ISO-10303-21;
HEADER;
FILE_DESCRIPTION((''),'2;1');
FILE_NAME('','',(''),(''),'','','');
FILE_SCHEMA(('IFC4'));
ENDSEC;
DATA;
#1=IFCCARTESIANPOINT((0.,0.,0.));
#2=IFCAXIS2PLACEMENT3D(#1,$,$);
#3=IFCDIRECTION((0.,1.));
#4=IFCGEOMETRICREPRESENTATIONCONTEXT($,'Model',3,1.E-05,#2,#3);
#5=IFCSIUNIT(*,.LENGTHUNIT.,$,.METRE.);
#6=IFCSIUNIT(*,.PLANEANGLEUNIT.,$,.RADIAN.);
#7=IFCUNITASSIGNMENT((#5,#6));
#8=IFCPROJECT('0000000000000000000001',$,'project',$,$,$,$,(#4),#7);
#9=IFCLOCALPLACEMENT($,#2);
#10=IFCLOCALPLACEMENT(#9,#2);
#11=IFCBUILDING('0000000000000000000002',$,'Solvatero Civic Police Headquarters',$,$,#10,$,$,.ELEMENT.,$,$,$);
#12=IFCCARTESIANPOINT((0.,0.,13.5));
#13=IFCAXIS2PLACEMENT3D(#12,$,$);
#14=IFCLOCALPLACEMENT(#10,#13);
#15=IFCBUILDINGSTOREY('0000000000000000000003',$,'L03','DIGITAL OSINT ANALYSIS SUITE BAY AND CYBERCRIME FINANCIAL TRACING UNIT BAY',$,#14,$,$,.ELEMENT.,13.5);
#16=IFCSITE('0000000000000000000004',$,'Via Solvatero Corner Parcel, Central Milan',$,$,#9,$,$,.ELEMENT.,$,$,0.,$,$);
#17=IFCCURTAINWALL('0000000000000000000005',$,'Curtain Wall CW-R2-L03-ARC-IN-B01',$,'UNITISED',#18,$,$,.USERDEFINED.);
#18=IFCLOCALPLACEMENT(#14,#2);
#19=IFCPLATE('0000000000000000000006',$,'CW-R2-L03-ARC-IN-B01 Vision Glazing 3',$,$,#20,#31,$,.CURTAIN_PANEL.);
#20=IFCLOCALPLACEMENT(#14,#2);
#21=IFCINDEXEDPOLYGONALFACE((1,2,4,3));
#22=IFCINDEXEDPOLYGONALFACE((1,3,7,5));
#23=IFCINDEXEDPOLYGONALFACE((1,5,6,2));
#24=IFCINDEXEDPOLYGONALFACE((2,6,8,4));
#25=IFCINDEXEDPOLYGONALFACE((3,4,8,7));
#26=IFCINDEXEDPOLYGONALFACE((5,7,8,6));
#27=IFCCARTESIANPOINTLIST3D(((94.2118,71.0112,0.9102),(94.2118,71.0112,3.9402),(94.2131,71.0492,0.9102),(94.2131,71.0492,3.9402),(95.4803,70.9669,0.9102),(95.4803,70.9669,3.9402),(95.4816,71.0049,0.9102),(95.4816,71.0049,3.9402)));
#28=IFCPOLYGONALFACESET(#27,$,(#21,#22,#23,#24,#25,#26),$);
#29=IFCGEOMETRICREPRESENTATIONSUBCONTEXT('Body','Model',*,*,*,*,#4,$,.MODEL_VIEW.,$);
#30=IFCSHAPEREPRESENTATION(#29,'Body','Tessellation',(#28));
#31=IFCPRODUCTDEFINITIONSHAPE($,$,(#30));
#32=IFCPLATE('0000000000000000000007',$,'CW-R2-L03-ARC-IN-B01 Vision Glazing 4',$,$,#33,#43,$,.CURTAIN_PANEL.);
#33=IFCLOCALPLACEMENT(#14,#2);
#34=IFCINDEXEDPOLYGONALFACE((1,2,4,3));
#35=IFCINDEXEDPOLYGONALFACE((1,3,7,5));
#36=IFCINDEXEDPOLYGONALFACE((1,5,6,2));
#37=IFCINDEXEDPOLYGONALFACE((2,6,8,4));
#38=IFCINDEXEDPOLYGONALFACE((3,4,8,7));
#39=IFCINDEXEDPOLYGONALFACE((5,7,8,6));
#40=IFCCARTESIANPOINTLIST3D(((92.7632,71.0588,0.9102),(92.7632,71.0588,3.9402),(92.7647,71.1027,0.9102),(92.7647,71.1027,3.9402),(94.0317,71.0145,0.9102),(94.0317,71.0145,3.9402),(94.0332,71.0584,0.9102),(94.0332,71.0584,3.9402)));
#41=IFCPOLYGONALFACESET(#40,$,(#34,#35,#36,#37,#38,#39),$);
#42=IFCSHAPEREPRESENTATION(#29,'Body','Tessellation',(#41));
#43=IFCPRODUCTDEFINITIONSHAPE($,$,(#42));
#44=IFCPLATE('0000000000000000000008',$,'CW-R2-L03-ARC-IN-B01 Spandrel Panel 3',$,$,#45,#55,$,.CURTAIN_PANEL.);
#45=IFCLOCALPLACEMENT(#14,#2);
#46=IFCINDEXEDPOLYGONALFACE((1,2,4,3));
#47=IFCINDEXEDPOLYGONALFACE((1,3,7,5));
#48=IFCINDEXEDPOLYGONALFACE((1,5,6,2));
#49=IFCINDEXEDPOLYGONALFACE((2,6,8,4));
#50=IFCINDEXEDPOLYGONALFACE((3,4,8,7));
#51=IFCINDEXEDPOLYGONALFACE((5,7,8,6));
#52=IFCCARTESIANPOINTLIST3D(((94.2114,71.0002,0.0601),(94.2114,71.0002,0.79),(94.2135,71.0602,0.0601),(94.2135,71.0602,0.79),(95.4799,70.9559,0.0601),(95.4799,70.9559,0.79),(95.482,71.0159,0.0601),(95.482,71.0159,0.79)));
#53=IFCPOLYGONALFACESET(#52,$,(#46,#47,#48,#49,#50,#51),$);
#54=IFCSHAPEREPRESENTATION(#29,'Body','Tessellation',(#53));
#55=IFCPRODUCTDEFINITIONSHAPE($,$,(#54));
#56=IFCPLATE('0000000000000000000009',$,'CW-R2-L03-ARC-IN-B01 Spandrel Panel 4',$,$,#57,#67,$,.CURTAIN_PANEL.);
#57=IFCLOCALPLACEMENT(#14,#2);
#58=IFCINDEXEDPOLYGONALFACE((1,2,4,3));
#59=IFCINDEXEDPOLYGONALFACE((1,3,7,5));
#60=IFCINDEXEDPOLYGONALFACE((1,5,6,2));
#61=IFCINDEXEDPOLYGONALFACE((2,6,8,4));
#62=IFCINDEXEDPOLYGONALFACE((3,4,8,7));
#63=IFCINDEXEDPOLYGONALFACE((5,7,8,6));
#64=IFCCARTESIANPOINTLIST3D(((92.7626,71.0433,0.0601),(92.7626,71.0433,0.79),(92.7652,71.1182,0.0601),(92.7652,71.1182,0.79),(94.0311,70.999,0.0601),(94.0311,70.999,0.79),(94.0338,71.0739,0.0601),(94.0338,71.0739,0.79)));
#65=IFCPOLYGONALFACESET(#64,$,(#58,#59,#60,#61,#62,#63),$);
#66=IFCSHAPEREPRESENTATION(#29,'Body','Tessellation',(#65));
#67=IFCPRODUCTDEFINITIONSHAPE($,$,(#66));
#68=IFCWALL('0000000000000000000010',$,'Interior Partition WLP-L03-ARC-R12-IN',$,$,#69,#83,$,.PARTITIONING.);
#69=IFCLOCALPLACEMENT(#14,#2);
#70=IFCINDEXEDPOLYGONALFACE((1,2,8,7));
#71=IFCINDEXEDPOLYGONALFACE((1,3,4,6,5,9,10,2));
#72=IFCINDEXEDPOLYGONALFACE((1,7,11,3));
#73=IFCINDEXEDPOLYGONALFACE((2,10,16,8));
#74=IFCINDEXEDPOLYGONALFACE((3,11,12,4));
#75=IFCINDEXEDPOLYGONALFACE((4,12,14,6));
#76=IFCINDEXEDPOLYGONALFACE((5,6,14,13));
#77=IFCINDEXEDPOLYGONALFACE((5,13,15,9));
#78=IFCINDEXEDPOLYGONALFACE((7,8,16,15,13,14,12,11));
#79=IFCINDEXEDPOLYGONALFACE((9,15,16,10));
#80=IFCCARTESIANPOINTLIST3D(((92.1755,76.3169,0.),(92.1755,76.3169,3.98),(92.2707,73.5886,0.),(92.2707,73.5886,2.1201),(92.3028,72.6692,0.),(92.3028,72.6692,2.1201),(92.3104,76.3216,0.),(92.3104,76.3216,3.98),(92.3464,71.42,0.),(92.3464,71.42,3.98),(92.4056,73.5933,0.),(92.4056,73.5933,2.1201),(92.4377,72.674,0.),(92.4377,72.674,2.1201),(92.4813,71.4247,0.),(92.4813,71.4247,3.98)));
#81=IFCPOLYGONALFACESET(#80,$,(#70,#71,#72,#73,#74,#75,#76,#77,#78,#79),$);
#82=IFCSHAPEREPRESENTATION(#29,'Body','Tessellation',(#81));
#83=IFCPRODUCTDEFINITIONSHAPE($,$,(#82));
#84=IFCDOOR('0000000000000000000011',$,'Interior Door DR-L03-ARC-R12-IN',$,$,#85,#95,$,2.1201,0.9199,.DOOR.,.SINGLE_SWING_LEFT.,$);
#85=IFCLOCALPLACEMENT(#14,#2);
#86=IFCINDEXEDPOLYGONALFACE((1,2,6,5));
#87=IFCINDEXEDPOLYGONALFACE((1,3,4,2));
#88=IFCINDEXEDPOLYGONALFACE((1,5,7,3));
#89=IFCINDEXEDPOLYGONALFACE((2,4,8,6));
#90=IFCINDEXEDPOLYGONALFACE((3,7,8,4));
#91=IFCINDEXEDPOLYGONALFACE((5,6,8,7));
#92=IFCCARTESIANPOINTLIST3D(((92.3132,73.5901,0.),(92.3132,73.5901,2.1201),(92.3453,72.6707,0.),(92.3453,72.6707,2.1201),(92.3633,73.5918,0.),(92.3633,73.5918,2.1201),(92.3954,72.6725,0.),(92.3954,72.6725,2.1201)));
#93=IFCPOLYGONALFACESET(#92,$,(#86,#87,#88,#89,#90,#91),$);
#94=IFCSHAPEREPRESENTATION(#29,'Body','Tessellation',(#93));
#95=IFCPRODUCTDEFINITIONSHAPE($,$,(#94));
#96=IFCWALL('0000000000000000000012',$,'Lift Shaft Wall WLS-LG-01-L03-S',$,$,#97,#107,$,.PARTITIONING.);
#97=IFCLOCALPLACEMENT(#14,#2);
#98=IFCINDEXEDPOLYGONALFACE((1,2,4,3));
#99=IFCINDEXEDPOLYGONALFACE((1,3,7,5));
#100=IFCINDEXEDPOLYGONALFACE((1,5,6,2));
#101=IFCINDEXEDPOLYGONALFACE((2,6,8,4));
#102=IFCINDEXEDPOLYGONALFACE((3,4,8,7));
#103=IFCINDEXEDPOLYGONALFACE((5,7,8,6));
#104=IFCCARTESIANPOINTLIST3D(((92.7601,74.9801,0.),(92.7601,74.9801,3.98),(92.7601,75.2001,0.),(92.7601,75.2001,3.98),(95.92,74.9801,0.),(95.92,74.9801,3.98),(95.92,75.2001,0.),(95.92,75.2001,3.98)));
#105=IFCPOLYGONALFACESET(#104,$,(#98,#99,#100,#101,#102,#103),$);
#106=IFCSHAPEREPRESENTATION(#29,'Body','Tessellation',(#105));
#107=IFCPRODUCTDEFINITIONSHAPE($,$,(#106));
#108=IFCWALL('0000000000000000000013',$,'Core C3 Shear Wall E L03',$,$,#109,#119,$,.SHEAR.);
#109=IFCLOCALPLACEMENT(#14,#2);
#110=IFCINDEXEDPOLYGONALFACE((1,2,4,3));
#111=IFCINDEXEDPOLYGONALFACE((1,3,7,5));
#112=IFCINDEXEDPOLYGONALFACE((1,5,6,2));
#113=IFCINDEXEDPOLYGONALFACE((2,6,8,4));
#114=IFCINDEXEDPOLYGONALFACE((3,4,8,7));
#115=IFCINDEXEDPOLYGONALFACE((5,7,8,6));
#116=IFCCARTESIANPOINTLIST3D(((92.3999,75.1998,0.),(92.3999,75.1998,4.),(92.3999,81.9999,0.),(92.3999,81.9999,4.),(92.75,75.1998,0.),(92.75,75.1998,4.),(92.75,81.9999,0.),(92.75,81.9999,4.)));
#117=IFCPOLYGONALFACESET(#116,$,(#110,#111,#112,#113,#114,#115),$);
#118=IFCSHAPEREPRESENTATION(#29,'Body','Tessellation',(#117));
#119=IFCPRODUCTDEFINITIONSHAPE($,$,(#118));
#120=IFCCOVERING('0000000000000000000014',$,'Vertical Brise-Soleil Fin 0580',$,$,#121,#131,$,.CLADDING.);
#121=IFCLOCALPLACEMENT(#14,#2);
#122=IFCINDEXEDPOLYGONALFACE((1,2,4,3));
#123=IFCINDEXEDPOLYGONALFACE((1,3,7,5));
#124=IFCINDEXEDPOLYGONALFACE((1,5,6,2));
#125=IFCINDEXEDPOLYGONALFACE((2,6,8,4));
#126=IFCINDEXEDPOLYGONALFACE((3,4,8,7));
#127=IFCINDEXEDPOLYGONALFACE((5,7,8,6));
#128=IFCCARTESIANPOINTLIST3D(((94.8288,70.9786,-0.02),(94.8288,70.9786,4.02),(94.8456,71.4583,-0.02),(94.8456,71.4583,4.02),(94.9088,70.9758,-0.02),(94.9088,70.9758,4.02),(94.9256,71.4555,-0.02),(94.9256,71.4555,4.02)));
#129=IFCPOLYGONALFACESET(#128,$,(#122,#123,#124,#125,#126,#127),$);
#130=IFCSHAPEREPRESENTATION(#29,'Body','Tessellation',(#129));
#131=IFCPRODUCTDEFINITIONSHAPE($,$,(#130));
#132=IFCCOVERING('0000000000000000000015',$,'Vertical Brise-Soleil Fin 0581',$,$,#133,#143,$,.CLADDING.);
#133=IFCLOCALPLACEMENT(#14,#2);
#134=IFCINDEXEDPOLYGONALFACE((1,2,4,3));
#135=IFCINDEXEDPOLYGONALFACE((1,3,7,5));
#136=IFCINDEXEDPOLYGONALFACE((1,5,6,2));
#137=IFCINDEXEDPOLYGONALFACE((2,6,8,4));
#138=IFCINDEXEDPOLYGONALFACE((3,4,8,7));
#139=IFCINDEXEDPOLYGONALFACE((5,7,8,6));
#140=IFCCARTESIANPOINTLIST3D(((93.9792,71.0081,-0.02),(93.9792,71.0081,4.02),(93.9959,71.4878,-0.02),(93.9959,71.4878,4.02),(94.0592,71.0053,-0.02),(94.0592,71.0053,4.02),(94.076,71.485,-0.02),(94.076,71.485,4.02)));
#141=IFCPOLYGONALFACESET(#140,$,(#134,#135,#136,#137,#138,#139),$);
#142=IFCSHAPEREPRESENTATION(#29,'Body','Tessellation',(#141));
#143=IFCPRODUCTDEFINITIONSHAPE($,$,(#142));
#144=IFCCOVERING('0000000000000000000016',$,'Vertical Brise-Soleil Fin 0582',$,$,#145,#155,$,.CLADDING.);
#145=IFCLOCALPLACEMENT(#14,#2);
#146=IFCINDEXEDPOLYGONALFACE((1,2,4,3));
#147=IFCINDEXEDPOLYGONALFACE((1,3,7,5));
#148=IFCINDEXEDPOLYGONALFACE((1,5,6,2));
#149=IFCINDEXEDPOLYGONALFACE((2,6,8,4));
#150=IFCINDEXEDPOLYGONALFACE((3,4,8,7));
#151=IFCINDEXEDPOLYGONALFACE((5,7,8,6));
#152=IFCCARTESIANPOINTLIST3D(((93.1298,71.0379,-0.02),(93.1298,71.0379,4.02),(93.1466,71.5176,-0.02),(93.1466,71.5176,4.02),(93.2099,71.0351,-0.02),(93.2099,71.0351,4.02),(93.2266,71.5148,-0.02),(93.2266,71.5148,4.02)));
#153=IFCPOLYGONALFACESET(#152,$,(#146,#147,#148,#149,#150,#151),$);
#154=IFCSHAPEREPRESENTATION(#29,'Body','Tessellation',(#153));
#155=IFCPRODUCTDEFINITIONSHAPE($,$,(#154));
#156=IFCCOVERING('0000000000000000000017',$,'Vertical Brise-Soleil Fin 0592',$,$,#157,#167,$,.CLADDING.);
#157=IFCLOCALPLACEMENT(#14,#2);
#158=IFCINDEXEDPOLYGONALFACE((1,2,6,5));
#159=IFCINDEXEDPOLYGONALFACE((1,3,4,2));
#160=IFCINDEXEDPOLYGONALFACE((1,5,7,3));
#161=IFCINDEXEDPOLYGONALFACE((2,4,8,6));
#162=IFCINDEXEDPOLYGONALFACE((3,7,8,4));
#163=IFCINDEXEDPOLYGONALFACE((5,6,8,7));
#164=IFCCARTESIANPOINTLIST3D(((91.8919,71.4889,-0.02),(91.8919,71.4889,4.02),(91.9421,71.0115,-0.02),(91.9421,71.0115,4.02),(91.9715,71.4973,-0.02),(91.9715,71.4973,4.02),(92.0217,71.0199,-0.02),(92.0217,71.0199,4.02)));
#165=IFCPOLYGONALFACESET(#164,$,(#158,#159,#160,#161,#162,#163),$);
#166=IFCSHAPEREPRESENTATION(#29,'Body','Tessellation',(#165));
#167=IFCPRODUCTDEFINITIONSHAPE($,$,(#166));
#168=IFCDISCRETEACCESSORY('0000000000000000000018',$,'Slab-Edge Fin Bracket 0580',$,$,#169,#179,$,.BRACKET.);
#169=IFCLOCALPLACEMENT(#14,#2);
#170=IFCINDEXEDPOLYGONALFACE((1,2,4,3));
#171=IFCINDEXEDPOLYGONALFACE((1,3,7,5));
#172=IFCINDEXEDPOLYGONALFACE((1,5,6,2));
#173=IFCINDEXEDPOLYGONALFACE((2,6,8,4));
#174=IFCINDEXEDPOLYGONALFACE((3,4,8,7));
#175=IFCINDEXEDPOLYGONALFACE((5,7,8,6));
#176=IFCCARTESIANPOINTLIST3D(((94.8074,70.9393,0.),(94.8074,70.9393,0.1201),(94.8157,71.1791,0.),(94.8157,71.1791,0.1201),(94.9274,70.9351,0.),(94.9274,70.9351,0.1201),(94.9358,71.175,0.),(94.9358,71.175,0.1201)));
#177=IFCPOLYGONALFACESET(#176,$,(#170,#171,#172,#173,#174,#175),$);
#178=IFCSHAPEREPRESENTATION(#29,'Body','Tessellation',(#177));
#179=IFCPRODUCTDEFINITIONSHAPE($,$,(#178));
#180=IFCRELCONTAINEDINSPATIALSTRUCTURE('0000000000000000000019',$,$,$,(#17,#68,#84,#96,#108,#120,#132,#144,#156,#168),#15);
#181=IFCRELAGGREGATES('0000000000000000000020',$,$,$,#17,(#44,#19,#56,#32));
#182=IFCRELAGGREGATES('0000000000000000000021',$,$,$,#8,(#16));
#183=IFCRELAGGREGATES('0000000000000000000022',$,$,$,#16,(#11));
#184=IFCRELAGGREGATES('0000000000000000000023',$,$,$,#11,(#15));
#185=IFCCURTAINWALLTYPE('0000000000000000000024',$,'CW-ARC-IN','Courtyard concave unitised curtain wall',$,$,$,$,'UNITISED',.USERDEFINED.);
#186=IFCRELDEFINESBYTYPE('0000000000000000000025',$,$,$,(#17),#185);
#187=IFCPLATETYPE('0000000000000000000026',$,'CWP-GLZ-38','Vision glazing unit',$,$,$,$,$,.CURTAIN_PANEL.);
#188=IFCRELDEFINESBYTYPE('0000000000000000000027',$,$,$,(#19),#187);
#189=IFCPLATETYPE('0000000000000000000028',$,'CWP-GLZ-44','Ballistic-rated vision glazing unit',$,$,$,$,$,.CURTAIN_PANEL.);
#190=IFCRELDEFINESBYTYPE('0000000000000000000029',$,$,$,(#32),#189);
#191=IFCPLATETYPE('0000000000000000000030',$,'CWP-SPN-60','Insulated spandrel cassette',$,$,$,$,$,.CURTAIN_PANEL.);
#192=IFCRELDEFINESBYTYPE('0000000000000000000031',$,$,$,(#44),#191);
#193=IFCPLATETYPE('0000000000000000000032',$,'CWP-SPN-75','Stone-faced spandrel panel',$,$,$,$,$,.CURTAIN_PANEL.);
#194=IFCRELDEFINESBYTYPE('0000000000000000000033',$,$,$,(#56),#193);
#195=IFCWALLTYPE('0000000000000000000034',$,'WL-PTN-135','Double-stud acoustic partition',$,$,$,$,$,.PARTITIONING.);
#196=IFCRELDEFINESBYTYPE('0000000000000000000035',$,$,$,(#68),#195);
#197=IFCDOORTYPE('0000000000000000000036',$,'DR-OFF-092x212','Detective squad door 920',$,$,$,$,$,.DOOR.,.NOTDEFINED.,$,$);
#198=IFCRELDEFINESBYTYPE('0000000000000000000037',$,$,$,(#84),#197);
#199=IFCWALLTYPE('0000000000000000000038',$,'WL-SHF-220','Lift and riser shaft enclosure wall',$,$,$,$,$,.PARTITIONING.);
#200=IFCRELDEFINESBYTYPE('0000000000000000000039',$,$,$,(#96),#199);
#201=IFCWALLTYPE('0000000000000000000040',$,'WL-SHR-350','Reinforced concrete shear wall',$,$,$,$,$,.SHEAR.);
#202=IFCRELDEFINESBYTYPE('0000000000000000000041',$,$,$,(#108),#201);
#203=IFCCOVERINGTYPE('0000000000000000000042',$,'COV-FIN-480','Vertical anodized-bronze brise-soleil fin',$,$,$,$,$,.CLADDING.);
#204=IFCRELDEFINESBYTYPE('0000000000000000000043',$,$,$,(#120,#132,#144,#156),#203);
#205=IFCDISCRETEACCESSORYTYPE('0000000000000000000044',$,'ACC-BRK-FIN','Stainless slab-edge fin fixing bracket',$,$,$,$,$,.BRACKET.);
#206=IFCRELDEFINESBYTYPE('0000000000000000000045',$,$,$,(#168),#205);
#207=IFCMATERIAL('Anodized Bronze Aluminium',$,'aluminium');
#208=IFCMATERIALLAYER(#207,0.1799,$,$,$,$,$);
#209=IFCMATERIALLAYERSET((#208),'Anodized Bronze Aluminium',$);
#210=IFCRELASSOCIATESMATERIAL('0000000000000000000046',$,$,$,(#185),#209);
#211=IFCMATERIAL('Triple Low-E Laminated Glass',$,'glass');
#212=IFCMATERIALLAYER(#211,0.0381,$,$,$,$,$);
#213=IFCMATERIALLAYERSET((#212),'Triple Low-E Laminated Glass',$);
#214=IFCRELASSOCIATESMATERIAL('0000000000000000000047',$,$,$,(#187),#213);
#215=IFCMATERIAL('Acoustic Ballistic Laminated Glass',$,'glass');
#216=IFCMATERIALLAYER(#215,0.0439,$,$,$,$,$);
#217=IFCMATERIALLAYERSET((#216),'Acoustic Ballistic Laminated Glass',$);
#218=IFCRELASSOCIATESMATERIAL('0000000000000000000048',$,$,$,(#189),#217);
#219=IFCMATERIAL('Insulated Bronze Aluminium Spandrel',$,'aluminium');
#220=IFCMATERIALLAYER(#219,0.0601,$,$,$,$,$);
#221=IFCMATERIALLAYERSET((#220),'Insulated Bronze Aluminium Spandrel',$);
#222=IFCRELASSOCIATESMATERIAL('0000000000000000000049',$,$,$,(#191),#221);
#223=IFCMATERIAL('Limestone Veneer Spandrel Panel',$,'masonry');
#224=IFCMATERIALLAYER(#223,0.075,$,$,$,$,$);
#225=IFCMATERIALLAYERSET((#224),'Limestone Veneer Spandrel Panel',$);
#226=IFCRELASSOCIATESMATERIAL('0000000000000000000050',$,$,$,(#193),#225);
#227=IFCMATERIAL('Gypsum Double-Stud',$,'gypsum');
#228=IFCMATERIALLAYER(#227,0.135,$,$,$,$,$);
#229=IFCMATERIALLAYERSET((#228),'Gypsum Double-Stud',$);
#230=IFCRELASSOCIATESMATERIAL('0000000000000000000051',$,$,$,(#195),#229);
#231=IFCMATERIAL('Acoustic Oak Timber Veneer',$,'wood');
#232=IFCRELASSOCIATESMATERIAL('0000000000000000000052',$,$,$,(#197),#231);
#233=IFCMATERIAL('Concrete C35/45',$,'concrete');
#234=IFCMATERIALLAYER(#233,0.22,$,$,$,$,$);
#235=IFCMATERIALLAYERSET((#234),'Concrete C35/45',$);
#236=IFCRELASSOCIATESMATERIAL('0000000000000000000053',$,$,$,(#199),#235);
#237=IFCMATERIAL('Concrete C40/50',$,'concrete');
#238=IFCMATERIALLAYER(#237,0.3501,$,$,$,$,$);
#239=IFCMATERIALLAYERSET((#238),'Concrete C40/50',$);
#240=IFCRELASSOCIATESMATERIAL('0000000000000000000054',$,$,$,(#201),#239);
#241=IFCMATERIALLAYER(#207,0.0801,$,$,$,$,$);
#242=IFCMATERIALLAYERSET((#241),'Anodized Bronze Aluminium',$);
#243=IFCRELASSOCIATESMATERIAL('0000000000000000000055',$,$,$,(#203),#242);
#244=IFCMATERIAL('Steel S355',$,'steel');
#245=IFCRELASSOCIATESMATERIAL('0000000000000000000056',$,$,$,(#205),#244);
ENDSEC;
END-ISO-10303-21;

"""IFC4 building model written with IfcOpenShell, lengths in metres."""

from ifc_helpers import new_model, si_unit, direction, frame, frame_2d, origin, origin_2d, place, context, subcontext, project, spatial, rectangle, extrude, material, layer, layer_set, type_object, element, fill, aggregate, save


model = new_model("IFC4")

# Units and contexts
model_context = context("Model", 3, precision=1e-05, world=origin(), true_north=direction((0.0, 1.0)))
body_context = subcontext(model_context, "Body", "Model", "MODEL_VIEW")
ifc_project = project(units=[si_unit("LENGTHUNIT", "METRE"), si_unit("PLANEANGLEUNIT", "RADIAN")], contexts=[model_context])

# Site, building, storey
site_placement = place(None, origin())
site = spatial("IfcSite", under=ifc_project, at=site_placement, Name="Via Solvatero Corner Parcel, Central Milan", CompositionType="ELEMENT", RefElevation=0.0)
building_placement = place(site_placement, origin())
building = spatial("IfcBuilding", under=site, at=building_placement, Name="Solvatero Civic Police Headquarters", CompositionType="ELEMENT")
storey_placement = place(building_placement, frame((0.0, 0.0, 13.5)))
storey = spatial("IfcBuildingStorey", under=building, at=storey_placement, Name="L03", Description="DIGITAL OSINT ANALYSIS SUITE BAY AND CYBERCRIME FINANCIAL TRACING UNIT BAY", CompositionType="ELEMENT", Elevation=13.5)

# Shared definitions
ifc_material_1 = material(Name="Steel S355", Category="steel")

# Shared definitions
ifc_material_2 = material(Name="Anodized Bronze Aluminium", Category="aluminium")
ifc_layer_1 = layer(ifc_material_2, 0.1799)
ifc_layer_set_1 = layer_set([ifc_layer_1], Name="Anodized Bronze Aluminium")
curtain_wall_type = type_object("IfcCurtainWallType", Name="CW-ARC-IN", Description="Courtyard concave unitised curtain wall", ElementType="UNITISED", PredefinedType="USERDEFINED", material=ifc_layer_set_1)

# Curtain wall
curtain_wall_1_placement = place(storey_placement, origin())
curtain_wall_1 = element("IfcCurtainWall", 1, at=curtain_wall_1_placement, inside=storey, type_object=curtain_wall_type, Name="Curtain Wall CW-R2-L03-ARC-IN-B01", ObjectType="UNITISED", PredefinedType="USERDEFINED")

# Plates
ifc_material_3 = material(Name="Triple Low-E Laminated Glass", Category="glass")
ifc_layer_2 = layer(ifc_material_3, 0.0381)
ifc_layer_set_2 = layer_set([ifc_layer_2], Name="Triple Low-E Laminated Glass")
plate_type_1 = type_object("IfcPlateType", Name="CWP-GLZ-38", Description="Vision glazing unit", PredefinedType="CURTAIN_PANEL", material=ifc_layer_set_2)
plate_1_placement = place(storey_placement, frame((94.8467, 71.0081, 0.9102), z_axis=(0.0, 0.0, 1.0), x_axis=(-0.999391, 0.034899, 0.0)))
plate_1 = element("IfcPlate", 2, at=plate_1_placement, type_object=plate_type_1, Name="CW-R2-L03-ARC-IN-B01 Vision Glazing 3", PredefinedType="CURTAIN_PANEL", context=body_context, shape_type="SweptSolid", body=[
    extrude(rectangle(XDim=1.2693, YDim=0.0381, at=origin_2d()), origin(), (0.0, 0.0, 1.0), 3.03),
])
ifc_material_4 = material(Name="Acoustic Ballistic Laminated Glass", Category="glass")
ifc_layer_3 = layer(ifc_material_4, 0.0439)
ifc_layer_set_3 = layer_set([ifc_layer_3], Name="Acoustic Ballistic Laminated Glass")
plate_type_2 = type_object("IfcPlateType", Name="CWP-GLZ-44", Description="Ballistic-rated vision glazing unit", PredefinedType="CURTAIN_PANEL", material=ifc_layer_set_3)
plate_2_placement = place(storey_placement, frame((93.3982, 71.0586, 0.9102), z_axis=(0.0, 0.0, 1.0), x_axis=(-0.999391, 0.034899, 0.0)))
plate_2 = element("IfcPlate", 3, at=plate_2_placement, type_object=plate_type_2, Name="CW-R2-L03-ARC-IN-B01 Vision Glazing 4", PredefinedType="CURTAIN_PANEL", context=body_context, shape_type="SweptSolid", body=[
    extrude(rectangle(XDim=1.2693, YDim=0.0439, at=origin_2d()), origin(), (0.0, 0.0, 1.0), 3.03),
])
ifc_material_5 = material(Name="Insulated Bronze Aluminium Spandrel", Category="aluminium")
ifc_layer_4 = layer(ifc_material_5, 0.0601)
ifc_layer_set_4 = layer_set([ifc_layer_4], Name="Insulated Bronze Aluminium Spandrel")
plate_type_3 = type_object("IfcPlateType", Name="CWP-SPN-60", Description="Insulated spandrel cassette", PredefinedType="CURTAIN_PANEL", material=ifc_layer_set_4)
plate_3_placement = place(storey_placement, frame((94.8467, 71.0081, 0.0601), z_axis=(0.0, 0.0, 1.0), x_axis=(-0.999391, 0.034899, 0.0)))
plate_3 = element("IfcPlate", 4, at=plate_3_placement, type_object=plate_type_3, Name="CW-R2-L03-ARC-IN-B01 Spandrel Panel 3", PredefinedType="CURTAIN_PANEL", context=body_context, shape_type="SweptSolid", body=[
    extrude(rectangle(XDim=1.2693, YDim=0.0601, at=origin_2d()), origin(), (0.0, 0.0, 1.0), 0.73),
])
ifc_material_6 = material(Name="Limestone Veneer Spandrel Panel", Category="masonry")
ifc_layer_5 = layer(ifc_material_6, 0.075)
ifc_layer_set_5 = layer_set([ifc_layer_5], Name="Limestone Veneer Spandrel Panel")
plate_type_4 = type_object("IfcPlateType", Name="CWP-SPN-75", Description="Stone-faced spandrel panel", PredefinedType="CURTAIN_PANEL", material=ifc_layer_set_5)
plate_4_placement = place(storey_placement, frame((93.3982, 71.0586, 0.0601), z_axis=(0.0, 0.0, 1.0), x_axis=(-0.999391, 0.034899, 0.0)))
plate_4 = element("IfcPlate", 5, at=plate_4_placement, type_object=plate_type_4, Name="CW-R2-L03-ARC-IN-B01 Spandrel Panel 4", PredefinedType="CURTAIN_PANEL", context=body_context, shape_type="SweptSolid", body=[
    extrude(rectangle(XDim=1.2693, YDim=0.075, at=origin_2d()), origin(), (0.0, 0.0, 1.0), 0.73),
])
aggregate(curtain_wall_1, [plate_3, plate_1, plate_4, plate_2])

# Wall, opening, door
ifc_material_7 = material(Name="Gypsum Double-Stud", Category="gypsum")
ifc_layer_6 = layer(ifc_material_7, 0.135)
ifc_layer_set_6 = layer_set([ifc_layer_6], Name="Gypsum Double-Stud")
wall_type_1 = type_object("IfcWallType", Name="WL-PTN-135", Description="Double-stud acoustic partition", PredefinedType="PARTITIONING", material=ifc_layer_set_6)
wall_1_placement = place(storey_placement, frame((92.4138, 71.4224, 0.0), z_axis=(0.0, 0.0, 1.0), x_axis=(-0.034878, 0.999392, 0.0)))
wall_1 = element("IfcWall", 6, at=wall_1_placement, inside=storey, type_object=wall_type_1, Name="Interior Partition WLP-L03-ARC-R12-IN", PredefinedType="PARTITIONING", context=body_context, shape_type="SweptSolid", body=[
    extrude(rectangle(XDim=4.8999, YDim=0.135, at=frame_2d((2.45, 0.0))), origin(), (0.0, 0.0, 1.0), 3.98),
])
opening_placement = place(wall_1_placement, frame((1.25, 0.0, 0.0)))
opening = element("IfcOpeningElement", 7, at=opening_placement, cuts=wall_1, PredefinedType="OPENING", context=body_context, shape_type="SweptSolid", body=[
    extrude(rectangle(XDim=0.9199, YDim=2.1201, at=frame_2d((0.46, 1.0601))), frame((0.0, 0.0774, 0.0), z_axis=(0.0, -1.0, 0.0), x_axis=(1.0, 0.0, 0.0)), (0.0, 0.0, 1.0), 0.155),
])
ifc_material_8 = material(Name="Acoustic Oak Timber Veneer", Category="wood")
door_type = type_object("IfcDoorType", Name="DR-OFF-092x212", Description="Detective squad door 920", OperationType="NOTDEFINED", PredefinedType="DOOR", material=ifc_material_8)
door_placement = place(opening_placement, origin())
door = element("IfcDoor", 8, at=door_placement, inside=storey, type_object=door_type, Name="Interior Door DR-L03-ARC-R12-IN", OperationType="SINGLE_SWING_LEFT", OverallHeight=2.1201, OverallWidth=0.9199, PredefinedType="DOOR", context=body_context, shape_type="SweptSolid", body=[
    extrude(rectangle(XDim=0.9199, YDim=2.1201, at=frame_2d((0.46, 1.0601))), frame((0.0, 0.0249, 0.0), z_axis=(0.0, -1.0, 0.0), x_axis=(1.0, 0.0, 0.0)), (0.0, 0.0, 1.0), 0.05),
])
fill(opening, door)

# Walls
ifc_material_9 = material(Name="Concrete C35/45", Category="concrete")
ifc_layer_7 = layer(ifc_material_9, 0.22)
ifc_layer_set_7 = layer_set([ifc_layer_7], Name="Concrete C35/45")
wall_type_2 = type_object("IfcWallType", Name="WL-SHF-220", Description="Lift and riser shaft enclosure wall", PredefinedType="PARTITIONING", material=ifc_layer_set_7)
wall_2_placement = place(storey_placement, frame((92.76, 75.0901, 0.0), z_axis=(0.0, 0.0, 1.0), x_axis=(1.0, 0.0, 0.0)))
element("IfcWall", 9, at=wall_2_placement, inside=storey, type_object=wall_type_2, Name="Lift Shaft Wall WLS-LG-01-L03-S", PredefinedType="PARTITIONING", context=body_context, shape_type="SweptSolid", body=[
    extrude(rectangle(XDim=3.1599, YDim=0.22, at=frame_2d((1.5801, 0.0))), origin(), (0.0, 0.0, 1.0), 3.98),
])
ifc_material_10 = material(Name="Concrete C40/50", Category="concrete")
ifc_layer_8 = layer(ifc_material_10, 0.3501)
ifc_layer_set_8 = layer_set([ifc_layer_8], Name="Concrete C40/50")
wall_type_3 = type_object("IfcWallType", Name="WL-SHR-350", Description="Reinforced concrete shear wall", PredefinedType="SHEAR", material=ifc_layer_set_8)
wall_3_placement = place(storey_placement, frame((92.575, 75.2, 0.0), z_axis=(0.0, 0.0, 1.0), x_axis=(0.0, 1.0, 0.0)))
element("IfcWall", 10, at=wall_3_placement, inside=storey, type_object=wall_type_3, Name="Core C3 Shear Wall E L03", PredefinedType="SHEAR", context=body_context, shape_type="SweptSolid", body=[
    extrude(rectangle(XDim=6.8, YDim=0.3501, at=frame_2d((3.3999, 0.0))), origin(), (0.0, 0.0, 1.0), 4.0),
])

# Coverings
ifc_layer_9 = layer(ifc_material_2, 0.0801)
ifc_layer_set_9 = layer_set([ifc_layer_9], Name="Anodized Bronze Aluminium")
covering_type = type_object("IfcCoveringType", Name="COV-FIN-480", Description="Vertical anodized-bronze brise-soleil fin", PredefinedType="CLADDING", material=ifc_layer_set_9)
for number, where, z_axis, x_axis, name in (
    (11, (94.8772, 71.217, -0.02), (0.0, 0.0, 1.0), (-0.999391, 0.034899, 0.0), "Vertical Brise-Soleil Fin 0580"),
    (12, (94.0276, 71.2466, -0.02), (0.0, 0.0, 1.0), (-0.999391, 0.034899, 0.0), "Vertical Brise-Soleil Fin 0581"),
    (13, (93.1782, 71.2764, -0.02), (0.0, 0.0, 1.0), (-0.999391, 0.034899, 0.0), "Vertical Brise-Soleil Fin 0582"),
    (14, (91.9568, 71.2544, -0.02), (0.0, 0.0, 1.0), (-0.994522, -0.104528, 0.0), "Vertical Brise-Soleil Fin 0592"),
):
    element("IfcCovering", number, at=place(storey_placement, frame(where, z_axis=z_axis, x_axis=x_axis)), inside=storey, type_object=covering_type, Name=name, PredefinedType="CLADDING", context=body_context, shape_type="SweptSolid", body=[
        extrude(rectangle(XDim=0.0801, YDim=0.48, at=origin_2d()), origin(), (0.0, 0.0, 1.0), 4.04),
    ])

# Discrete accessory
discrete_accessory_type = type_object("IfcDiscreteAccessoryType", Name="ACC-BRK-FIN", Description="Stainless slab-edge fin fixing bracket", PredefinedType="BRACKET", material=ifc_material_1)
for number, where, z_axis, x_axis, name in (
    (15, (94.8716, 71.0571, 0.0), (0.0, 0.0, 1.0), (-0.999391, 0.034899, 0.0), "Slab-Edge Fin Bracket 0580"),
):
    element("IfcDiscreteAccessory", number, at=place(storey_placement, frame(where, z_axis=z_axis, x_axis=x_axis)), inside=storey, type_object=discrete_accessory_type, Name=name, PredefinedType="BRACKET", context=body_context, shape_type="SweptSolid", body=[
        extrude(rectangle(XDim=0.1201, YDim=0.24, at=origin_2d()), origin(), (0.0, 0.0, 1.0), 0.1201),
    ])

save(model, "model.ifc")
